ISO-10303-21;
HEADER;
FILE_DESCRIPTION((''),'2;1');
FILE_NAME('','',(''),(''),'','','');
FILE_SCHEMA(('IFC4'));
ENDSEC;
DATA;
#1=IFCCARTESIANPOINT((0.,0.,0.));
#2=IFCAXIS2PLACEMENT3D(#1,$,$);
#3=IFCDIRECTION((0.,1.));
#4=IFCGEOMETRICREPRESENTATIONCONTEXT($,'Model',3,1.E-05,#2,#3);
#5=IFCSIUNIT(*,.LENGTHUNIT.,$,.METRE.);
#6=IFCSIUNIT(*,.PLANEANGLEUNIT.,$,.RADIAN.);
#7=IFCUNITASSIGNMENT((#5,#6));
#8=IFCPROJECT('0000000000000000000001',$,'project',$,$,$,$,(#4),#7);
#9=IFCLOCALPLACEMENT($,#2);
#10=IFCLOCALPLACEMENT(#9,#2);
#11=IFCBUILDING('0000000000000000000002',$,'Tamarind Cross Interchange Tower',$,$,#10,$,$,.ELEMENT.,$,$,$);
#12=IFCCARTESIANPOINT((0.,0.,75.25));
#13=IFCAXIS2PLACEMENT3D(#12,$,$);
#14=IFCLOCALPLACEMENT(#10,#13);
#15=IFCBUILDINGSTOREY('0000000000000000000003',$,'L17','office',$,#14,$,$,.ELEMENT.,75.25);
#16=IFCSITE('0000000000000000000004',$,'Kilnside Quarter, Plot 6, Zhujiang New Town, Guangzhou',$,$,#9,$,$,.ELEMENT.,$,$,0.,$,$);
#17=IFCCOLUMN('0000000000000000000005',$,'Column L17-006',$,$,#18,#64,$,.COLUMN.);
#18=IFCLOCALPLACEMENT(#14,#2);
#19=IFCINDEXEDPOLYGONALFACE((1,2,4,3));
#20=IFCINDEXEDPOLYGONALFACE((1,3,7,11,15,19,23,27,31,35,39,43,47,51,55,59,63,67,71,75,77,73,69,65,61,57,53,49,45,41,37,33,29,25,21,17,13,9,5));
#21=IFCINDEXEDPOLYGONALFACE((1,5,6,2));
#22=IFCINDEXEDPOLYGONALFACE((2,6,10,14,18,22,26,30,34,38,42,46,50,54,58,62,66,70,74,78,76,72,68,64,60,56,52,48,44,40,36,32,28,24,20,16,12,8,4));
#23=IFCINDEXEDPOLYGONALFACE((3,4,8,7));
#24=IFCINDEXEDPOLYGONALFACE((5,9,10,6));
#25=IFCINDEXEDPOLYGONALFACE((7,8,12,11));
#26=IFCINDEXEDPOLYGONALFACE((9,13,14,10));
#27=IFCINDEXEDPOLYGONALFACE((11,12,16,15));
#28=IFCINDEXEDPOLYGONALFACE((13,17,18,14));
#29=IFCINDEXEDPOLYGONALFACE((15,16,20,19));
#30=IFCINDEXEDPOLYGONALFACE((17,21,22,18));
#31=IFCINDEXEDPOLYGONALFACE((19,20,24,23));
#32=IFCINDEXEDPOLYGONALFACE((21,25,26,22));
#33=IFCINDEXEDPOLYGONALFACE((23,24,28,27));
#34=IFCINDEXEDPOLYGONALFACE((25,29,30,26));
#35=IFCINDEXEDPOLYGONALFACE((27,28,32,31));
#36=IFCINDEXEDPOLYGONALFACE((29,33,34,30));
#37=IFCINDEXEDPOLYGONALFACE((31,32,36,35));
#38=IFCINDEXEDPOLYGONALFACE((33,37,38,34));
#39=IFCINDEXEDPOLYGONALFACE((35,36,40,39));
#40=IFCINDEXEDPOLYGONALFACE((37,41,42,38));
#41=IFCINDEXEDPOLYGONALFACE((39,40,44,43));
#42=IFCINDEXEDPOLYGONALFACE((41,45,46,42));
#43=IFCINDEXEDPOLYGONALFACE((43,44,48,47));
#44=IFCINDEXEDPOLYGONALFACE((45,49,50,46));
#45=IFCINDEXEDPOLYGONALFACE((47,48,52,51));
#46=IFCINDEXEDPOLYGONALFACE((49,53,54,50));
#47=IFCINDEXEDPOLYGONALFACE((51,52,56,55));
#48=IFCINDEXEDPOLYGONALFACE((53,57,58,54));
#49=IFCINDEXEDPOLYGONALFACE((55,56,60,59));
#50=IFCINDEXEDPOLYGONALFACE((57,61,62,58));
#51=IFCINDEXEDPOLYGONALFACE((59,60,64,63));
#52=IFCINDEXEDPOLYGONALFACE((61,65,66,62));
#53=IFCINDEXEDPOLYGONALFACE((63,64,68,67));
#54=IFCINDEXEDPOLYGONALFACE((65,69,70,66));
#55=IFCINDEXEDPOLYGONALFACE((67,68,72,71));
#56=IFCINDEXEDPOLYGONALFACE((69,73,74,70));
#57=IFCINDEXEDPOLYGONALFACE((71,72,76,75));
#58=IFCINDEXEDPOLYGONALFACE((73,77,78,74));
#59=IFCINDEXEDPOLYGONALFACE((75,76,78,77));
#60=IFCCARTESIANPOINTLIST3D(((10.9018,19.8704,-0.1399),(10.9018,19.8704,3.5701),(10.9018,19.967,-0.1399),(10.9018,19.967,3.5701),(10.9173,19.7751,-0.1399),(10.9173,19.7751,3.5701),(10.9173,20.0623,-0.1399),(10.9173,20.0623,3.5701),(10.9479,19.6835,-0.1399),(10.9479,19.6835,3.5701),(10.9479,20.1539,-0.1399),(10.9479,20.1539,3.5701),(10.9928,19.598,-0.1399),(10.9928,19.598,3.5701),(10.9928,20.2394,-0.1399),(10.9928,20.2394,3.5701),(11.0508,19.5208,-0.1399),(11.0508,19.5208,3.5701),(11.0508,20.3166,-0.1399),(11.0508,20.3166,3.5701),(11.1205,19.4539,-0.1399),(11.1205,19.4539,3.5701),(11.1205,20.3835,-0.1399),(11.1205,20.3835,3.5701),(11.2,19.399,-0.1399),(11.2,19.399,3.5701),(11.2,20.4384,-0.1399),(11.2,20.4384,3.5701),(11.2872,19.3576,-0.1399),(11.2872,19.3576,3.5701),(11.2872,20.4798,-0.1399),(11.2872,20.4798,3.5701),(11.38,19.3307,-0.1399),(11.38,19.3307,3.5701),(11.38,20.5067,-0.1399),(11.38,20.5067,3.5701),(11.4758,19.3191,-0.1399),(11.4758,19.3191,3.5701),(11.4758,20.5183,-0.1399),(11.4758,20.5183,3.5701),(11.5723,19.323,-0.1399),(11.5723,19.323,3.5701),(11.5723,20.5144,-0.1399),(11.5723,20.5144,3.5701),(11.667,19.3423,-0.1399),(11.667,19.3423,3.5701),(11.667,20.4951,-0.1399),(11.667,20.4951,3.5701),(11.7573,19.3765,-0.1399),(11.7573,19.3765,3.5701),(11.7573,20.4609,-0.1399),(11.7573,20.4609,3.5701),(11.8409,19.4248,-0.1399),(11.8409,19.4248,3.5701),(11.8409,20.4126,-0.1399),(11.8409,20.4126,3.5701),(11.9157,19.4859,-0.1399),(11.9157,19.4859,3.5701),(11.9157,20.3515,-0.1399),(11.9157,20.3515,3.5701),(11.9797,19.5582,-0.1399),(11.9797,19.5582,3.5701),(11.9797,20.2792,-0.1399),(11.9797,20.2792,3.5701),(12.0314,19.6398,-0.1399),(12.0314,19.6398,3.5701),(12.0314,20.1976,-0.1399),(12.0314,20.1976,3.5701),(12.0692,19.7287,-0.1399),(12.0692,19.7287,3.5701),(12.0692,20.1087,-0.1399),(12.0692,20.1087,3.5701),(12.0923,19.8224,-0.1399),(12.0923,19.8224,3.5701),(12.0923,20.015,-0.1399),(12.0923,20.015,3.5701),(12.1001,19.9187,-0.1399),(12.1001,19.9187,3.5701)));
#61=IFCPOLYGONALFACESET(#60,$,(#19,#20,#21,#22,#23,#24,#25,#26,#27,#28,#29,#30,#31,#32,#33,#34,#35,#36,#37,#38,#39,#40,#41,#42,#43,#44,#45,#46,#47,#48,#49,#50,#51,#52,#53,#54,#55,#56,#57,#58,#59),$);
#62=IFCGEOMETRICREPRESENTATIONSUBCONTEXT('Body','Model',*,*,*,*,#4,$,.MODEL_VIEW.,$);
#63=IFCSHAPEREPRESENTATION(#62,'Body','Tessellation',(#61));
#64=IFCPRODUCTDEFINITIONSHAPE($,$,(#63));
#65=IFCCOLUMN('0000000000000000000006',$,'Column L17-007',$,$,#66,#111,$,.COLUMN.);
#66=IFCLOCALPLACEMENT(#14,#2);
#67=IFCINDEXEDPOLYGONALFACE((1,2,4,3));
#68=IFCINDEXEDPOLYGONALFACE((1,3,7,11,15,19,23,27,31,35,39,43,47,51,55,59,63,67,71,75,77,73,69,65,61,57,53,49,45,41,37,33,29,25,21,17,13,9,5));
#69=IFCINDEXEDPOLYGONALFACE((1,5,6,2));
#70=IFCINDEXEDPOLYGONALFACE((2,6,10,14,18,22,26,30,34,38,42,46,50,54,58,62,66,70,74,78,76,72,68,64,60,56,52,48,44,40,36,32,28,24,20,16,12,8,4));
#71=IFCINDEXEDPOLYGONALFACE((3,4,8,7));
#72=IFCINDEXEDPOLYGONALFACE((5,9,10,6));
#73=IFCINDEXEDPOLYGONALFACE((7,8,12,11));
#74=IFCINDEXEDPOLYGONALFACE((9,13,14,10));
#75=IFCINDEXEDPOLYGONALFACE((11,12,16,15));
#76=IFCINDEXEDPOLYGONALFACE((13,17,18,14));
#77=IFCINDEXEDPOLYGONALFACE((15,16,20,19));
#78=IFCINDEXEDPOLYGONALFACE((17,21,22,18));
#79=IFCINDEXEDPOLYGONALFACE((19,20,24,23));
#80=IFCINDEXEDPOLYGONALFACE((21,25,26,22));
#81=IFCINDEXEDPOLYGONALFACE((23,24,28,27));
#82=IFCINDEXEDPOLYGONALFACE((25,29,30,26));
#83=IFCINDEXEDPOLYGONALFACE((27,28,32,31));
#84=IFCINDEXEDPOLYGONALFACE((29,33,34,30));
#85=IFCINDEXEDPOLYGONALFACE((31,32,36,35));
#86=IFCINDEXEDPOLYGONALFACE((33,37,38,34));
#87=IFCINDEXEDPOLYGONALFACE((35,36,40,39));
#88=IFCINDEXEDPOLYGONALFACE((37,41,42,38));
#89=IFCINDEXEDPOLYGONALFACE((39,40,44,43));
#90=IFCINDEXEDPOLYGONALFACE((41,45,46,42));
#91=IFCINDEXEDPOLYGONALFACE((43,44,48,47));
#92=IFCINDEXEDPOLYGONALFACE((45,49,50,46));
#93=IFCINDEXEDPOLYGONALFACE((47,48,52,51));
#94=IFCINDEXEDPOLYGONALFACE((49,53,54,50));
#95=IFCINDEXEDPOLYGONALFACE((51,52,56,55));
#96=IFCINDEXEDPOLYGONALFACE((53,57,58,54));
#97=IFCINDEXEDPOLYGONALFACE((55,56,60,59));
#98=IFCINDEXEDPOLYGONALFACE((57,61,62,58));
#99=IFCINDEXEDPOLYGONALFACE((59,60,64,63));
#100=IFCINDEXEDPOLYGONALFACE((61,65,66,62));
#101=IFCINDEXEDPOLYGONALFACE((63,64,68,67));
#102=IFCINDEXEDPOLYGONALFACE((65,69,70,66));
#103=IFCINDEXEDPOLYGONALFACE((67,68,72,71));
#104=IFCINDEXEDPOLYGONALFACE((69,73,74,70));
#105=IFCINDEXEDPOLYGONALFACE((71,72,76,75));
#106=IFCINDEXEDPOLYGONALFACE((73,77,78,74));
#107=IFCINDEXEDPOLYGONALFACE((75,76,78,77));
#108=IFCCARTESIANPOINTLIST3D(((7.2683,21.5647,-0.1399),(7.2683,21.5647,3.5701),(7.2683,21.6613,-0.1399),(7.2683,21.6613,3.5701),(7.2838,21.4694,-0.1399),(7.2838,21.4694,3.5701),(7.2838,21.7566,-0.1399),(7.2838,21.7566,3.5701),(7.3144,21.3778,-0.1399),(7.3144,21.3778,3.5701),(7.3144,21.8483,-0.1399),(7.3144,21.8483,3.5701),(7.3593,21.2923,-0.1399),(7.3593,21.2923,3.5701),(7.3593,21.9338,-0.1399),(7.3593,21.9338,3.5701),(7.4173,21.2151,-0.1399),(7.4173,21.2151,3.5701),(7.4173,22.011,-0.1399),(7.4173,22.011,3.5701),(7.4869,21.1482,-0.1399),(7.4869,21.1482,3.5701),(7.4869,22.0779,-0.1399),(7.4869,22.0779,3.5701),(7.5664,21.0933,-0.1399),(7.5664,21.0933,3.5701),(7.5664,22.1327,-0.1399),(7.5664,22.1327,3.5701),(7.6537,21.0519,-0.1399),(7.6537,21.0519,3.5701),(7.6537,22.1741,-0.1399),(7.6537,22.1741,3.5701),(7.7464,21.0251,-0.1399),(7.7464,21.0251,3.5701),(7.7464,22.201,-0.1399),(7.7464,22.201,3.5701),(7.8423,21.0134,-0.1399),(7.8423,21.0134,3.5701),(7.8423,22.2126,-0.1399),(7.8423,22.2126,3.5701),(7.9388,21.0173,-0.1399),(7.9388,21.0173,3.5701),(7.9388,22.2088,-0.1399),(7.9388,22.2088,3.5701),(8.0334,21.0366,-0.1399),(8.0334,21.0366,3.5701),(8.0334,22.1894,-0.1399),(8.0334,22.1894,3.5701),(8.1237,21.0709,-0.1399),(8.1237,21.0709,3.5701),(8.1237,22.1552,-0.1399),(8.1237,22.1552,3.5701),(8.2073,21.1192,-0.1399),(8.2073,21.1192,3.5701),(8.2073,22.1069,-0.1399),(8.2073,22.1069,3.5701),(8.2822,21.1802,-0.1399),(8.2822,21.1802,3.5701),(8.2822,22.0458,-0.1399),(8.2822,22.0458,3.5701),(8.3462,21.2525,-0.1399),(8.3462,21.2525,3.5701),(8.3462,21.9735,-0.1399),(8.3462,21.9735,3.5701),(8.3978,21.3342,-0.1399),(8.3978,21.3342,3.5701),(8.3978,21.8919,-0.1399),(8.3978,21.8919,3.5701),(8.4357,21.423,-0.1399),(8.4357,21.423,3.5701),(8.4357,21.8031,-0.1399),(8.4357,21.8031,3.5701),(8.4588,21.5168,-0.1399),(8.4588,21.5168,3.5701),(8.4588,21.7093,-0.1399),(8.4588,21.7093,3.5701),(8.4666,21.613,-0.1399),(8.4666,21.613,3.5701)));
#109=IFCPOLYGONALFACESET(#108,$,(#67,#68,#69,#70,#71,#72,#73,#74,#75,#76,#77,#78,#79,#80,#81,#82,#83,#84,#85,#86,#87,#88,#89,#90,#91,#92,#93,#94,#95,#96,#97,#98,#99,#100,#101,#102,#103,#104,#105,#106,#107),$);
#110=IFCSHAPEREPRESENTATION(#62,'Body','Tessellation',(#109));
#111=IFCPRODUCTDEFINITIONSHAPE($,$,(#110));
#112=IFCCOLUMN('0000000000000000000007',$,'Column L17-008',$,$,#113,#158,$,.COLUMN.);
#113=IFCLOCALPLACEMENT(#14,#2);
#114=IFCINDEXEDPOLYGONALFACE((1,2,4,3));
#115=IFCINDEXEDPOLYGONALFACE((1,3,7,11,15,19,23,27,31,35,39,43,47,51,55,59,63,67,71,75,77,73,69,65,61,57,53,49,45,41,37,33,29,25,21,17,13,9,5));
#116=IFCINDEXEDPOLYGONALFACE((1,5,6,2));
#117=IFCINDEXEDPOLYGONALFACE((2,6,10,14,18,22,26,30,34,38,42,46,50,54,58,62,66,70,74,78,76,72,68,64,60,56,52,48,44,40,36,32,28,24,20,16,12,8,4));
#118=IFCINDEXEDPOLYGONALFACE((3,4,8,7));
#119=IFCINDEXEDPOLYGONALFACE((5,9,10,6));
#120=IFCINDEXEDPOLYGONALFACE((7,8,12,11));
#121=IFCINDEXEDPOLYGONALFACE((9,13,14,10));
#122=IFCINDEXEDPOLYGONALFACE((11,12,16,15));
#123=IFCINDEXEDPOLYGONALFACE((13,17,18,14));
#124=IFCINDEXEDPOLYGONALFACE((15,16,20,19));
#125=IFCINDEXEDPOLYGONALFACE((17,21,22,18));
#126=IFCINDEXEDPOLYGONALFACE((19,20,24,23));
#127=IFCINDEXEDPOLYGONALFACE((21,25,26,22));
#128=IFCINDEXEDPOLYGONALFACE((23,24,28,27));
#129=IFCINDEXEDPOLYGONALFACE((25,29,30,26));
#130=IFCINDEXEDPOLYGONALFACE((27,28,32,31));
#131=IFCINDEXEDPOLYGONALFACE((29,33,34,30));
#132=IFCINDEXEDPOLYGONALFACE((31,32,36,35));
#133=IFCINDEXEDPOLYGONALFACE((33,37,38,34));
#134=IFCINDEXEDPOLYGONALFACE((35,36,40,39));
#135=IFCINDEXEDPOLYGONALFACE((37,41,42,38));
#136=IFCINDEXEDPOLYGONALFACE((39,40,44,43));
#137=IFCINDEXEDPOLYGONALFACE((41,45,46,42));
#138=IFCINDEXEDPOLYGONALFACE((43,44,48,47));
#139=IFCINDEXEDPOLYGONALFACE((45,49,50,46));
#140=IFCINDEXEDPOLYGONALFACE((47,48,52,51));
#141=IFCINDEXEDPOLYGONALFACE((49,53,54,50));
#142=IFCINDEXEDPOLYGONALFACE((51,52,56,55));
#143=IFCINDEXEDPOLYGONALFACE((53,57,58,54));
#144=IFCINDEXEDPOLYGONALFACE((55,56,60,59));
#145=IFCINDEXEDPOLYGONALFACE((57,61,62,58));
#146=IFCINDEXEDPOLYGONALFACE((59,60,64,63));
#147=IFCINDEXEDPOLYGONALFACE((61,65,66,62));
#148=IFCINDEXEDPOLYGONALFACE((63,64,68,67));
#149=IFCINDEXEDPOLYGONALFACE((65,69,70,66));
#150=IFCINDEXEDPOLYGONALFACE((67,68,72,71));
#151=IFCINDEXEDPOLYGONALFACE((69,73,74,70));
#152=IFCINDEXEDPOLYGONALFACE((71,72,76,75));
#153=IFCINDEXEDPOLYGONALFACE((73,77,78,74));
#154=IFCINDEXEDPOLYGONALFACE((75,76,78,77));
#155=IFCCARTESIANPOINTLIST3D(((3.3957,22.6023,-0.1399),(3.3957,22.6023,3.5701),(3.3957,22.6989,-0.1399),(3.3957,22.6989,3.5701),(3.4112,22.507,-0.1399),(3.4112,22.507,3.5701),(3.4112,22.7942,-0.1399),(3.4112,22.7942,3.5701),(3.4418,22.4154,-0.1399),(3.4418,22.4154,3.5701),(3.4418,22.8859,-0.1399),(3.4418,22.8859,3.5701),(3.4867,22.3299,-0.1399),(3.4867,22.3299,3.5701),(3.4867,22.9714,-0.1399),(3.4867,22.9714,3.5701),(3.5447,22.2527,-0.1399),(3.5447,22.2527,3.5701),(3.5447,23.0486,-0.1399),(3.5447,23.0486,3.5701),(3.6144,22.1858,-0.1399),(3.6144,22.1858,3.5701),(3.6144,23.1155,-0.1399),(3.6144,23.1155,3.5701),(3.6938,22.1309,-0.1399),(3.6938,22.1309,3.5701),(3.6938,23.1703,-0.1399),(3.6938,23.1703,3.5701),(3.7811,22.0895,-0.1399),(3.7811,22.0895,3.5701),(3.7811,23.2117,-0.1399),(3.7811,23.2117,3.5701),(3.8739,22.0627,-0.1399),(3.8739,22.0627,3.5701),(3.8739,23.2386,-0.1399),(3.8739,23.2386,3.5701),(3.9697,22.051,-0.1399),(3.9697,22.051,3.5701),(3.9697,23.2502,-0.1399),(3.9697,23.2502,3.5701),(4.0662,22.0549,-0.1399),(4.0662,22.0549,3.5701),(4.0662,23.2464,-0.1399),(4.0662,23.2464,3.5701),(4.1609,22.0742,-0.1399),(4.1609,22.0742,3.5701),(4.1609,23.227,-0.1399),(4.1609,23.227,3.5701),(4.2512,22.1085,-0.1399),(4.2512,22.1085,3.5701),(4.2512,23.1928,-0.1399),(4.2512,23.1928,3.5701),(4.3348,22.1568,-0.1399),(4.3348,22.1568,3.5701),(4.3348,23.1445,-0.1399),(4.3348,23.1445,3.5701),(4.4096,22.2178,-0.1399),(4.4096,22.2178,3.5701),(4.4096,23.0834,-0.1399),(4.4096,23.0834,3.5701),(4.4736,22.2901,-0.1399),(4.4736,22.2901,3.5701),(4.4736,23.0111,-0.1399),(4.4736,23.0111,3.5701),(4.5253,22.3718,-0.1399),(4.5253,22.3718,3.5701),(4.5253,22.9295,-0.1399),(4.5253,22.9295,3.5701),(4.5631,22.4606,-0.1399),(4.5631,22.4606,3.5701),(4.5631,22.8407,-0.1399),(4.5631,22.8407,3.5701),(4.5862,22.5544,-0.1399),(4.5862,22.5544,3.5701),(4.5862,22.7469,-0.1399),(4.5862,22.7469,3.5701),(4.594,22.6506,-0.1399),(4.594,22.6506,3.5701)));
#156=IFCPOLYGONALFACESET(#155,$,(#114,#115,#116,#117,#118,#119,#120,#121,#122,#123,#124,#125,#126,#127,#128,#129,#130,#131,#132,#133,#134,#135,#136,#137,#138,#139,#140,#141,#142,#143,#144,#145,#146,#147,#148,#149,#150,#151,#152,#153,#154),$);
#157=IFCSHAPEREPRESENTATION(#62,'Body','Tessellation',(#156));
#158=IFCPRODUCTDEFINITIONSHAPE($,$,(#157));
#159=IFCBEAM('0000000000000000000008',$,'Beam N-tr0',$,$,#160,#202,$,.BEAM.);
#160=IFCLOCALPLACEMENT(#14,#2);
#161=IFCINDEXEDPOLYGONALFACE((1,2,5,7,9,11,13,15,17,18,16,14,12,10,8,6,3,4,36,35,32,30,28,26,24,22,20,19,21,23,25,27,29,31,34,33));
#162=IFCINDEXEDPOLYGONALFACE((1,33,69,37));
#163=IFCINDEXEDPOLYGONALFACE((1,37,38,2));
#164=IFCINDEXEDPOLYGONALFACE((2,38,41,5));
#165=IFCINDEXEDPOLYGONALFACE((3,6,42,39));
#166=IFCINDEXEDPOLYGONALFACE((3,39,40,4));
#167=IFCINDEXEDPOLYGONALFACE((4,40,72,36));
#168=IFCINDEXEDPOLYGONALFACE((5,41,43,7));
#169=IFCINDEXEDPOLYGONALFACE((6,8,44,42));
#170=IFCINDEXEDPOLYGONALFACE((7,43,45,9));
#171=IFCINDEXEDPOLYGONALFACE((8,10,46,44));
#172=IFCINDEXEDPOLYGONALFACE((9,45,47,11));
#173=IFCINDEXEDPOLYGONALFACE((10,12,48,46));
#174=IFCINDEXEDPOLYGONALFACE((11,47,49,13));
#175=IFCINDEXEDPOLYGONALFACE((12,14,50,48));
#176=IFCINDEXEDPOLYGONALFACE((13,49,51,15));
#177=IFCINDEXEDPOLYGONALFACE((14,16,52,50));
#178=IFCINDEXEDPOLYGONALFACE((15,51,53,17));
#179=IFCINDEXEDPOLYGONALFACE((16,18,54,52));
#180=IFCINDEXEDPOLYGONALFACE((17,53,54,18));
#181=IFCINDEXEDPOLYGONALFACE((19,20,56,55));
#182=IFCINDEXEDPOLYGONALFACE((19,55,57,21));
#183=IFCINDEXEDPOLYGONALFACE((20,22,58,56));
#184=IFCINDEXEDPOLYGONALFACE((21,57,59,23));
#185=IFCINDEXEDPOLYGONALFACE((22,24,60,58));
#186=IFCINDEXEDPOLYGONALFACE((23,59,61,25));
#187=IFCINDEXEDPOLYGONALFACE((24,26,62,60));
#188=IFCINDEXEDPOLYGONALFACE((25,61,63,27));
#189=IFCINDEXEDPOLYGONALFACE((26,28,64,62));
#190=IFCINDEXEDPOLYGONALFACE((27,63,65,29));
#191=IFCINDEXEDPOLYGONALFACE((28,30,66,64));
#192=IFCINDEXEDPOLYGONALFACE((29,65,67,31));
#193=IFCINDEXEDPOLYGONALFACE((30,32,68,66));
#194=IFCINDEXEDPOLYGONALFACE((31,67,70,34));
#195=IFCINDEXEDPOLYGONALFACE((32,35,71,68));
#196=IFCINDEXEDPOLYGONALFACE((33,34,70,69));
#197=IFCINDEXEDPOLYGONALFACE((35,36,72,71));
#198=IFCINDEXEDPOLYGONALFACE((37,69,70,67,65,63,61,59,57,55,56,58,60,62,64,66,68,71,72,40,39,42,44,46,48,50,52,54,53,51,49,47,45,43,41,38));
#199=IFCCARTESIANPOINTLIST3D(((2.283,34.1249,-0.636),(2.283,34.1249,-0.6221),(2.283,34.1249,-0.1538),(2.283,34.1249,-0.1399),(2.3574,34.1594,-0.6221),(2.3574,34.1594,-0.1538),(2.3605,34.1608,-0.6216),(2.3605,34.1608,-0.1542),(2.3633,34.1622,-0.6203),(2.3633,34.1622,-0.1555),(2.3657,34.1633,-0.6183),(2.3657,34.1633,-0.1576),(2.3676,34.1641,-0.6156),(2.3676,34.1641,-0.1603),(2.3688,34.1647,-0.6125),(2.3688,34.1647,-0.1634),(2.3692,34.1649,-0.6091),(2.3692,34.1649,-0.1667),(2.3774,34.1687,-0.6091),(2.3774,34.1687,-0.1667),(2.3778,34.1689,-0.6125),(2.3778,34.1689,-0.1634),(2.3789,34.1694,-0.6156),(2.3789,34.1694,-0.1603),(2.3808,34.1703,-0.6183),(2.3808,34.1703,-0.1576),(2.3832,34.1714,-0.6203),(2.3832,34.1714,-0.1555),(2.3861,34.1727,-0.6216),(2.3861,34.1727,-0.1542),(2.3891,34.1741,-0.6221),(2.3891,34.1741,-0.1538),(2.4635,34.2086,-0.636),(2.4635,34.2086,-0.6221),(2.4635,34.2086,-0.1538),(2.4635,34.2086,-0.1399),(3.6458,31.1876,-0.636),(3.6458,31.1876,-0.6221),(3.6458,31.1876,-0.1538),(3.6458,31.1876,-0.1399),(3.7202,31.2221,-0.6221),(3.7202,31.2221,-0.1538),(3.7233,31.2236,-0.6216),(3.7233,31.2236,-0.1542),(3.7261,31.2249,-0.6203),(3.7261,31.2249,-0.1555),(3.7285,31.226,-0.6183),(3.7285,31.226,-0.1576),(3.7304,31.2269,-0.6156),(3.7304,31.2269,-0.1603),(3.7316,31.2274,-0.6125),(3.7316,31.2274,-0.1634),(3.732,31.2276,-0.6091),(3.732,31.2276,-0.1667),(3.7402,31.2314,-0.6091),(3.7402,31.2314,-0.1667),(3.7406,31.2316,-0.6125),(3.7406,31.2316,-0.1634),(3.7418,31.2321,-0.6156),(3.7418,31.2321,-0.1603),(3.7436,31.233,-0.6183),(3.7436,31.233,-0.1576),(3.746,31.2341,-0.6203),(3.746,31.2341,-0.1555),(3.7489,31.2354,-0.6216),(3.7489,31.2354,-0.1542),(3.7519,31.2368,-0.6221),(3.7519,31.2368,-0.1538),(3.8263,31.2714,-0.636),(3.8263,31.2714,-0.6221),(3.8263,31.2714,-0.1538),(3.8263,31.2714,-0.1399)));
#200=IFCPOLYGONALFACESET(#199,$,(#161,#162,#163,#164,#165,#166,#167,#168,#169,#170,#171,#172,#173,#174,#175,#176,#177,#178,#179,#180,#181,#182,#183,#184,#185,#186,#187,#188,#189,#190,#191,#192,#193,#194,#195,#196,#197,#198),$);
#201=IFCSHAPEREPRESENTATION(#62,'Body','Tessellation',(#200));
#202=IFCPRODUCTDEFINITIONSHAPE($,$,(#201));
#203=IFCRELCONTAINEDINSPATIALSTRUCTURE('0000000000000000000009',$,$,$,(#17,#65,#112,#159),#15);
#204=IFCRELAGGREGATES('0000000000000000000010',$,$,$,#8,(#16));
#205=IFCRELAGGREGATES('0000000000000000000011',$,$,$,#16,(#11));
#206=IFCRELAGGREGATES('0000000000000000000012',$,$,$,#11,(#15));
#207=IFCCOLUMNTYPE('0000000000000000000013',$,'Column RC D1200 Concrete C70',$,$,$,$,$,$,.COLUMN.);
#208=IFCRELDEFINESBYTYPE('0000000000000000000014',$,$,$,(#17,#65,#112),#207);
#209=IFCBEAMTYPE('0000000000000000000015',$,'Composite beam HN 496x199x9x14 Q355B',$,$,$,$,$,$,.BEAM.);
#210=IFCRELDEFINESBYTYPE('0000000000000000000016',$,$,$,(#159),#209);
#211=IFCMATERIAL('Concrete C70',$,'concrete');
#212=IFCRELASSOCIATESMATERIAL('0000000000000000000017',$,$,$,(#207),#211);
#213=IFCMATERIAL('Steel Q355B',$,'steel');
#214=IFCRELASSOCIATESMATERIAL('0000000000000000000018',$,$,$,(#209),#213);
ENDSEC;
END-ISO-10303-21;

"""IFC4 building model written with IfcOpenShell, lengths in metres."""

from ifc_helpers import new_model, si_unit, direction, frame, origin, origin_2d, place, context, subcontext, project, spatial, circle, i_section, extrude, material, material_profile, profile_set, type_object, element, save


model = new_model("IFC4")

# Units and contexts
model_context = context("Model", 3, precision=1e-05, world=origin(), true_north=direction((0.0, 1.0)))
body_context = subcontext(model_context, "Body", "Model", "MODEL_VIEW")
ifc_project = project(units=[si_unit("LENGTHUNIT", "METRE"), si_unit("PLANEANGLEUNIT", "RADIAN")], contexts=[model_context])

# Site, building, storey
site_placement = place(None, origin())
site = spatial("IfcSite", under=ifc_project, at=site_placement, Name="Kilnside Quarter, Plot 6, Zhujiang New Town, Guangzhou", CompositionType="ELEMENT", RefElevation=0.0)
building_placement = place(site_placement, origin())
building = spatial("IfcBuilding", under=site, at=building_placement, Name="Tamarind Cross Interchange Tower", CompositionType="ELEMENT")
storey_placement = place(building_placement, frame((0.0, 0.0, 75.25)))
storey = spatial("IfcBuildingStorey", under=building, at=storey_placement, Name="L17", Description="office", CompositionType="ELEMENT", Elevation=75.25)

# Columns
ifc_material_1 = material(Name="Concrete C70", Category="concrete")
ifc_material_profile_1 = material_profile(ifc_material_1, circle(Radius=0.6001, at=origin_2d()), Name="RC D1200")
ifc_profile_set_1 = profile_set([ifc_material_profile_1], Name="Concrete C70")
column_type = type_object("IfcColumnType", Name="Column RC D1200 Concrete C70", PredefinedType="COLUMN", material=ifc_profile_set_1)
for number, where, z_axis, x_axis, name in (
    (1, (11.5, 19.9187, -0.1399), (0.0, 0.0, 1.0), (1.0, 0.0, 0.0), "Column L17-006"),
    (2, (7.8665, 21.613, -0.1399), (0.0, 0.0, 1.0), (1.0, 0.0, 0.0), "Column L17-007"),
    (3, (3.9939, 22.6506, -0.1399), (0.0, 0.0, 1.0), (1.0, 0.0, 0.0), "Column L17-008"),
):
    element("IfcColumn", number, at=place(storey_placement, frame(where, z_axis=z_axis, x_axis=x_axis)), inside=storey, type_object=column_type, Name=name, PredefinedType="COLUMN", context=body_context, shape_type="SweptSolid", body=[
        extrude(circle(Radius=0.6001, at=origin_2d()), origin(), (0.0, 0.0, 1.0), 3.71),
    ])

# Beam
ifc_material_2 = material(Name="Steel Q355B", Category="steel")
ifc_material_profile_2 = material_profile(ifc_material_2, i_section(OverallWidth=0.199, OverallDepth=0.4961, WebThickness=0.009, FlangeThickness=0.0139, FilletRadius=0.0129, at=origin_2d()), Name="HN 496x199x9x14")
ifc_profile_set_2 = profile_set([ifc_material_profile_2], Name="Steel Q355B")
beam_type_1 = type_object("IfcBeamType", Name="Composite beam HN 496x199x9x14 Q355B", PredefinedType="BEAM", material=ifc_profile_set_2)
beam_1_placement = place(storey_placement, frame((3.7361, 31.2295, -0.3879), z_axis=(-0.420874, 0.907119, 0.0), x_axis=(-0.907119, -0.420874, 0.0)))
element("IfcBeam", 4, at=beam_1_placement, inside=storey, type_object=beam_type_1, Name="Beam N-tr0", PredefinedType="BEAM", context=body_context, shape_type="SweptSolid", body=[
    extrude(i_section(OverallWidth=0.199, OverallDepth=0.4961, WebThickness=0.009, FlangeThickness=0.0139, FilletRadius=0.0129, at=origin_2d()), origin(), (0.0, 0.0, 1.0), 3.238),
])

save(model, "model.ifc")
